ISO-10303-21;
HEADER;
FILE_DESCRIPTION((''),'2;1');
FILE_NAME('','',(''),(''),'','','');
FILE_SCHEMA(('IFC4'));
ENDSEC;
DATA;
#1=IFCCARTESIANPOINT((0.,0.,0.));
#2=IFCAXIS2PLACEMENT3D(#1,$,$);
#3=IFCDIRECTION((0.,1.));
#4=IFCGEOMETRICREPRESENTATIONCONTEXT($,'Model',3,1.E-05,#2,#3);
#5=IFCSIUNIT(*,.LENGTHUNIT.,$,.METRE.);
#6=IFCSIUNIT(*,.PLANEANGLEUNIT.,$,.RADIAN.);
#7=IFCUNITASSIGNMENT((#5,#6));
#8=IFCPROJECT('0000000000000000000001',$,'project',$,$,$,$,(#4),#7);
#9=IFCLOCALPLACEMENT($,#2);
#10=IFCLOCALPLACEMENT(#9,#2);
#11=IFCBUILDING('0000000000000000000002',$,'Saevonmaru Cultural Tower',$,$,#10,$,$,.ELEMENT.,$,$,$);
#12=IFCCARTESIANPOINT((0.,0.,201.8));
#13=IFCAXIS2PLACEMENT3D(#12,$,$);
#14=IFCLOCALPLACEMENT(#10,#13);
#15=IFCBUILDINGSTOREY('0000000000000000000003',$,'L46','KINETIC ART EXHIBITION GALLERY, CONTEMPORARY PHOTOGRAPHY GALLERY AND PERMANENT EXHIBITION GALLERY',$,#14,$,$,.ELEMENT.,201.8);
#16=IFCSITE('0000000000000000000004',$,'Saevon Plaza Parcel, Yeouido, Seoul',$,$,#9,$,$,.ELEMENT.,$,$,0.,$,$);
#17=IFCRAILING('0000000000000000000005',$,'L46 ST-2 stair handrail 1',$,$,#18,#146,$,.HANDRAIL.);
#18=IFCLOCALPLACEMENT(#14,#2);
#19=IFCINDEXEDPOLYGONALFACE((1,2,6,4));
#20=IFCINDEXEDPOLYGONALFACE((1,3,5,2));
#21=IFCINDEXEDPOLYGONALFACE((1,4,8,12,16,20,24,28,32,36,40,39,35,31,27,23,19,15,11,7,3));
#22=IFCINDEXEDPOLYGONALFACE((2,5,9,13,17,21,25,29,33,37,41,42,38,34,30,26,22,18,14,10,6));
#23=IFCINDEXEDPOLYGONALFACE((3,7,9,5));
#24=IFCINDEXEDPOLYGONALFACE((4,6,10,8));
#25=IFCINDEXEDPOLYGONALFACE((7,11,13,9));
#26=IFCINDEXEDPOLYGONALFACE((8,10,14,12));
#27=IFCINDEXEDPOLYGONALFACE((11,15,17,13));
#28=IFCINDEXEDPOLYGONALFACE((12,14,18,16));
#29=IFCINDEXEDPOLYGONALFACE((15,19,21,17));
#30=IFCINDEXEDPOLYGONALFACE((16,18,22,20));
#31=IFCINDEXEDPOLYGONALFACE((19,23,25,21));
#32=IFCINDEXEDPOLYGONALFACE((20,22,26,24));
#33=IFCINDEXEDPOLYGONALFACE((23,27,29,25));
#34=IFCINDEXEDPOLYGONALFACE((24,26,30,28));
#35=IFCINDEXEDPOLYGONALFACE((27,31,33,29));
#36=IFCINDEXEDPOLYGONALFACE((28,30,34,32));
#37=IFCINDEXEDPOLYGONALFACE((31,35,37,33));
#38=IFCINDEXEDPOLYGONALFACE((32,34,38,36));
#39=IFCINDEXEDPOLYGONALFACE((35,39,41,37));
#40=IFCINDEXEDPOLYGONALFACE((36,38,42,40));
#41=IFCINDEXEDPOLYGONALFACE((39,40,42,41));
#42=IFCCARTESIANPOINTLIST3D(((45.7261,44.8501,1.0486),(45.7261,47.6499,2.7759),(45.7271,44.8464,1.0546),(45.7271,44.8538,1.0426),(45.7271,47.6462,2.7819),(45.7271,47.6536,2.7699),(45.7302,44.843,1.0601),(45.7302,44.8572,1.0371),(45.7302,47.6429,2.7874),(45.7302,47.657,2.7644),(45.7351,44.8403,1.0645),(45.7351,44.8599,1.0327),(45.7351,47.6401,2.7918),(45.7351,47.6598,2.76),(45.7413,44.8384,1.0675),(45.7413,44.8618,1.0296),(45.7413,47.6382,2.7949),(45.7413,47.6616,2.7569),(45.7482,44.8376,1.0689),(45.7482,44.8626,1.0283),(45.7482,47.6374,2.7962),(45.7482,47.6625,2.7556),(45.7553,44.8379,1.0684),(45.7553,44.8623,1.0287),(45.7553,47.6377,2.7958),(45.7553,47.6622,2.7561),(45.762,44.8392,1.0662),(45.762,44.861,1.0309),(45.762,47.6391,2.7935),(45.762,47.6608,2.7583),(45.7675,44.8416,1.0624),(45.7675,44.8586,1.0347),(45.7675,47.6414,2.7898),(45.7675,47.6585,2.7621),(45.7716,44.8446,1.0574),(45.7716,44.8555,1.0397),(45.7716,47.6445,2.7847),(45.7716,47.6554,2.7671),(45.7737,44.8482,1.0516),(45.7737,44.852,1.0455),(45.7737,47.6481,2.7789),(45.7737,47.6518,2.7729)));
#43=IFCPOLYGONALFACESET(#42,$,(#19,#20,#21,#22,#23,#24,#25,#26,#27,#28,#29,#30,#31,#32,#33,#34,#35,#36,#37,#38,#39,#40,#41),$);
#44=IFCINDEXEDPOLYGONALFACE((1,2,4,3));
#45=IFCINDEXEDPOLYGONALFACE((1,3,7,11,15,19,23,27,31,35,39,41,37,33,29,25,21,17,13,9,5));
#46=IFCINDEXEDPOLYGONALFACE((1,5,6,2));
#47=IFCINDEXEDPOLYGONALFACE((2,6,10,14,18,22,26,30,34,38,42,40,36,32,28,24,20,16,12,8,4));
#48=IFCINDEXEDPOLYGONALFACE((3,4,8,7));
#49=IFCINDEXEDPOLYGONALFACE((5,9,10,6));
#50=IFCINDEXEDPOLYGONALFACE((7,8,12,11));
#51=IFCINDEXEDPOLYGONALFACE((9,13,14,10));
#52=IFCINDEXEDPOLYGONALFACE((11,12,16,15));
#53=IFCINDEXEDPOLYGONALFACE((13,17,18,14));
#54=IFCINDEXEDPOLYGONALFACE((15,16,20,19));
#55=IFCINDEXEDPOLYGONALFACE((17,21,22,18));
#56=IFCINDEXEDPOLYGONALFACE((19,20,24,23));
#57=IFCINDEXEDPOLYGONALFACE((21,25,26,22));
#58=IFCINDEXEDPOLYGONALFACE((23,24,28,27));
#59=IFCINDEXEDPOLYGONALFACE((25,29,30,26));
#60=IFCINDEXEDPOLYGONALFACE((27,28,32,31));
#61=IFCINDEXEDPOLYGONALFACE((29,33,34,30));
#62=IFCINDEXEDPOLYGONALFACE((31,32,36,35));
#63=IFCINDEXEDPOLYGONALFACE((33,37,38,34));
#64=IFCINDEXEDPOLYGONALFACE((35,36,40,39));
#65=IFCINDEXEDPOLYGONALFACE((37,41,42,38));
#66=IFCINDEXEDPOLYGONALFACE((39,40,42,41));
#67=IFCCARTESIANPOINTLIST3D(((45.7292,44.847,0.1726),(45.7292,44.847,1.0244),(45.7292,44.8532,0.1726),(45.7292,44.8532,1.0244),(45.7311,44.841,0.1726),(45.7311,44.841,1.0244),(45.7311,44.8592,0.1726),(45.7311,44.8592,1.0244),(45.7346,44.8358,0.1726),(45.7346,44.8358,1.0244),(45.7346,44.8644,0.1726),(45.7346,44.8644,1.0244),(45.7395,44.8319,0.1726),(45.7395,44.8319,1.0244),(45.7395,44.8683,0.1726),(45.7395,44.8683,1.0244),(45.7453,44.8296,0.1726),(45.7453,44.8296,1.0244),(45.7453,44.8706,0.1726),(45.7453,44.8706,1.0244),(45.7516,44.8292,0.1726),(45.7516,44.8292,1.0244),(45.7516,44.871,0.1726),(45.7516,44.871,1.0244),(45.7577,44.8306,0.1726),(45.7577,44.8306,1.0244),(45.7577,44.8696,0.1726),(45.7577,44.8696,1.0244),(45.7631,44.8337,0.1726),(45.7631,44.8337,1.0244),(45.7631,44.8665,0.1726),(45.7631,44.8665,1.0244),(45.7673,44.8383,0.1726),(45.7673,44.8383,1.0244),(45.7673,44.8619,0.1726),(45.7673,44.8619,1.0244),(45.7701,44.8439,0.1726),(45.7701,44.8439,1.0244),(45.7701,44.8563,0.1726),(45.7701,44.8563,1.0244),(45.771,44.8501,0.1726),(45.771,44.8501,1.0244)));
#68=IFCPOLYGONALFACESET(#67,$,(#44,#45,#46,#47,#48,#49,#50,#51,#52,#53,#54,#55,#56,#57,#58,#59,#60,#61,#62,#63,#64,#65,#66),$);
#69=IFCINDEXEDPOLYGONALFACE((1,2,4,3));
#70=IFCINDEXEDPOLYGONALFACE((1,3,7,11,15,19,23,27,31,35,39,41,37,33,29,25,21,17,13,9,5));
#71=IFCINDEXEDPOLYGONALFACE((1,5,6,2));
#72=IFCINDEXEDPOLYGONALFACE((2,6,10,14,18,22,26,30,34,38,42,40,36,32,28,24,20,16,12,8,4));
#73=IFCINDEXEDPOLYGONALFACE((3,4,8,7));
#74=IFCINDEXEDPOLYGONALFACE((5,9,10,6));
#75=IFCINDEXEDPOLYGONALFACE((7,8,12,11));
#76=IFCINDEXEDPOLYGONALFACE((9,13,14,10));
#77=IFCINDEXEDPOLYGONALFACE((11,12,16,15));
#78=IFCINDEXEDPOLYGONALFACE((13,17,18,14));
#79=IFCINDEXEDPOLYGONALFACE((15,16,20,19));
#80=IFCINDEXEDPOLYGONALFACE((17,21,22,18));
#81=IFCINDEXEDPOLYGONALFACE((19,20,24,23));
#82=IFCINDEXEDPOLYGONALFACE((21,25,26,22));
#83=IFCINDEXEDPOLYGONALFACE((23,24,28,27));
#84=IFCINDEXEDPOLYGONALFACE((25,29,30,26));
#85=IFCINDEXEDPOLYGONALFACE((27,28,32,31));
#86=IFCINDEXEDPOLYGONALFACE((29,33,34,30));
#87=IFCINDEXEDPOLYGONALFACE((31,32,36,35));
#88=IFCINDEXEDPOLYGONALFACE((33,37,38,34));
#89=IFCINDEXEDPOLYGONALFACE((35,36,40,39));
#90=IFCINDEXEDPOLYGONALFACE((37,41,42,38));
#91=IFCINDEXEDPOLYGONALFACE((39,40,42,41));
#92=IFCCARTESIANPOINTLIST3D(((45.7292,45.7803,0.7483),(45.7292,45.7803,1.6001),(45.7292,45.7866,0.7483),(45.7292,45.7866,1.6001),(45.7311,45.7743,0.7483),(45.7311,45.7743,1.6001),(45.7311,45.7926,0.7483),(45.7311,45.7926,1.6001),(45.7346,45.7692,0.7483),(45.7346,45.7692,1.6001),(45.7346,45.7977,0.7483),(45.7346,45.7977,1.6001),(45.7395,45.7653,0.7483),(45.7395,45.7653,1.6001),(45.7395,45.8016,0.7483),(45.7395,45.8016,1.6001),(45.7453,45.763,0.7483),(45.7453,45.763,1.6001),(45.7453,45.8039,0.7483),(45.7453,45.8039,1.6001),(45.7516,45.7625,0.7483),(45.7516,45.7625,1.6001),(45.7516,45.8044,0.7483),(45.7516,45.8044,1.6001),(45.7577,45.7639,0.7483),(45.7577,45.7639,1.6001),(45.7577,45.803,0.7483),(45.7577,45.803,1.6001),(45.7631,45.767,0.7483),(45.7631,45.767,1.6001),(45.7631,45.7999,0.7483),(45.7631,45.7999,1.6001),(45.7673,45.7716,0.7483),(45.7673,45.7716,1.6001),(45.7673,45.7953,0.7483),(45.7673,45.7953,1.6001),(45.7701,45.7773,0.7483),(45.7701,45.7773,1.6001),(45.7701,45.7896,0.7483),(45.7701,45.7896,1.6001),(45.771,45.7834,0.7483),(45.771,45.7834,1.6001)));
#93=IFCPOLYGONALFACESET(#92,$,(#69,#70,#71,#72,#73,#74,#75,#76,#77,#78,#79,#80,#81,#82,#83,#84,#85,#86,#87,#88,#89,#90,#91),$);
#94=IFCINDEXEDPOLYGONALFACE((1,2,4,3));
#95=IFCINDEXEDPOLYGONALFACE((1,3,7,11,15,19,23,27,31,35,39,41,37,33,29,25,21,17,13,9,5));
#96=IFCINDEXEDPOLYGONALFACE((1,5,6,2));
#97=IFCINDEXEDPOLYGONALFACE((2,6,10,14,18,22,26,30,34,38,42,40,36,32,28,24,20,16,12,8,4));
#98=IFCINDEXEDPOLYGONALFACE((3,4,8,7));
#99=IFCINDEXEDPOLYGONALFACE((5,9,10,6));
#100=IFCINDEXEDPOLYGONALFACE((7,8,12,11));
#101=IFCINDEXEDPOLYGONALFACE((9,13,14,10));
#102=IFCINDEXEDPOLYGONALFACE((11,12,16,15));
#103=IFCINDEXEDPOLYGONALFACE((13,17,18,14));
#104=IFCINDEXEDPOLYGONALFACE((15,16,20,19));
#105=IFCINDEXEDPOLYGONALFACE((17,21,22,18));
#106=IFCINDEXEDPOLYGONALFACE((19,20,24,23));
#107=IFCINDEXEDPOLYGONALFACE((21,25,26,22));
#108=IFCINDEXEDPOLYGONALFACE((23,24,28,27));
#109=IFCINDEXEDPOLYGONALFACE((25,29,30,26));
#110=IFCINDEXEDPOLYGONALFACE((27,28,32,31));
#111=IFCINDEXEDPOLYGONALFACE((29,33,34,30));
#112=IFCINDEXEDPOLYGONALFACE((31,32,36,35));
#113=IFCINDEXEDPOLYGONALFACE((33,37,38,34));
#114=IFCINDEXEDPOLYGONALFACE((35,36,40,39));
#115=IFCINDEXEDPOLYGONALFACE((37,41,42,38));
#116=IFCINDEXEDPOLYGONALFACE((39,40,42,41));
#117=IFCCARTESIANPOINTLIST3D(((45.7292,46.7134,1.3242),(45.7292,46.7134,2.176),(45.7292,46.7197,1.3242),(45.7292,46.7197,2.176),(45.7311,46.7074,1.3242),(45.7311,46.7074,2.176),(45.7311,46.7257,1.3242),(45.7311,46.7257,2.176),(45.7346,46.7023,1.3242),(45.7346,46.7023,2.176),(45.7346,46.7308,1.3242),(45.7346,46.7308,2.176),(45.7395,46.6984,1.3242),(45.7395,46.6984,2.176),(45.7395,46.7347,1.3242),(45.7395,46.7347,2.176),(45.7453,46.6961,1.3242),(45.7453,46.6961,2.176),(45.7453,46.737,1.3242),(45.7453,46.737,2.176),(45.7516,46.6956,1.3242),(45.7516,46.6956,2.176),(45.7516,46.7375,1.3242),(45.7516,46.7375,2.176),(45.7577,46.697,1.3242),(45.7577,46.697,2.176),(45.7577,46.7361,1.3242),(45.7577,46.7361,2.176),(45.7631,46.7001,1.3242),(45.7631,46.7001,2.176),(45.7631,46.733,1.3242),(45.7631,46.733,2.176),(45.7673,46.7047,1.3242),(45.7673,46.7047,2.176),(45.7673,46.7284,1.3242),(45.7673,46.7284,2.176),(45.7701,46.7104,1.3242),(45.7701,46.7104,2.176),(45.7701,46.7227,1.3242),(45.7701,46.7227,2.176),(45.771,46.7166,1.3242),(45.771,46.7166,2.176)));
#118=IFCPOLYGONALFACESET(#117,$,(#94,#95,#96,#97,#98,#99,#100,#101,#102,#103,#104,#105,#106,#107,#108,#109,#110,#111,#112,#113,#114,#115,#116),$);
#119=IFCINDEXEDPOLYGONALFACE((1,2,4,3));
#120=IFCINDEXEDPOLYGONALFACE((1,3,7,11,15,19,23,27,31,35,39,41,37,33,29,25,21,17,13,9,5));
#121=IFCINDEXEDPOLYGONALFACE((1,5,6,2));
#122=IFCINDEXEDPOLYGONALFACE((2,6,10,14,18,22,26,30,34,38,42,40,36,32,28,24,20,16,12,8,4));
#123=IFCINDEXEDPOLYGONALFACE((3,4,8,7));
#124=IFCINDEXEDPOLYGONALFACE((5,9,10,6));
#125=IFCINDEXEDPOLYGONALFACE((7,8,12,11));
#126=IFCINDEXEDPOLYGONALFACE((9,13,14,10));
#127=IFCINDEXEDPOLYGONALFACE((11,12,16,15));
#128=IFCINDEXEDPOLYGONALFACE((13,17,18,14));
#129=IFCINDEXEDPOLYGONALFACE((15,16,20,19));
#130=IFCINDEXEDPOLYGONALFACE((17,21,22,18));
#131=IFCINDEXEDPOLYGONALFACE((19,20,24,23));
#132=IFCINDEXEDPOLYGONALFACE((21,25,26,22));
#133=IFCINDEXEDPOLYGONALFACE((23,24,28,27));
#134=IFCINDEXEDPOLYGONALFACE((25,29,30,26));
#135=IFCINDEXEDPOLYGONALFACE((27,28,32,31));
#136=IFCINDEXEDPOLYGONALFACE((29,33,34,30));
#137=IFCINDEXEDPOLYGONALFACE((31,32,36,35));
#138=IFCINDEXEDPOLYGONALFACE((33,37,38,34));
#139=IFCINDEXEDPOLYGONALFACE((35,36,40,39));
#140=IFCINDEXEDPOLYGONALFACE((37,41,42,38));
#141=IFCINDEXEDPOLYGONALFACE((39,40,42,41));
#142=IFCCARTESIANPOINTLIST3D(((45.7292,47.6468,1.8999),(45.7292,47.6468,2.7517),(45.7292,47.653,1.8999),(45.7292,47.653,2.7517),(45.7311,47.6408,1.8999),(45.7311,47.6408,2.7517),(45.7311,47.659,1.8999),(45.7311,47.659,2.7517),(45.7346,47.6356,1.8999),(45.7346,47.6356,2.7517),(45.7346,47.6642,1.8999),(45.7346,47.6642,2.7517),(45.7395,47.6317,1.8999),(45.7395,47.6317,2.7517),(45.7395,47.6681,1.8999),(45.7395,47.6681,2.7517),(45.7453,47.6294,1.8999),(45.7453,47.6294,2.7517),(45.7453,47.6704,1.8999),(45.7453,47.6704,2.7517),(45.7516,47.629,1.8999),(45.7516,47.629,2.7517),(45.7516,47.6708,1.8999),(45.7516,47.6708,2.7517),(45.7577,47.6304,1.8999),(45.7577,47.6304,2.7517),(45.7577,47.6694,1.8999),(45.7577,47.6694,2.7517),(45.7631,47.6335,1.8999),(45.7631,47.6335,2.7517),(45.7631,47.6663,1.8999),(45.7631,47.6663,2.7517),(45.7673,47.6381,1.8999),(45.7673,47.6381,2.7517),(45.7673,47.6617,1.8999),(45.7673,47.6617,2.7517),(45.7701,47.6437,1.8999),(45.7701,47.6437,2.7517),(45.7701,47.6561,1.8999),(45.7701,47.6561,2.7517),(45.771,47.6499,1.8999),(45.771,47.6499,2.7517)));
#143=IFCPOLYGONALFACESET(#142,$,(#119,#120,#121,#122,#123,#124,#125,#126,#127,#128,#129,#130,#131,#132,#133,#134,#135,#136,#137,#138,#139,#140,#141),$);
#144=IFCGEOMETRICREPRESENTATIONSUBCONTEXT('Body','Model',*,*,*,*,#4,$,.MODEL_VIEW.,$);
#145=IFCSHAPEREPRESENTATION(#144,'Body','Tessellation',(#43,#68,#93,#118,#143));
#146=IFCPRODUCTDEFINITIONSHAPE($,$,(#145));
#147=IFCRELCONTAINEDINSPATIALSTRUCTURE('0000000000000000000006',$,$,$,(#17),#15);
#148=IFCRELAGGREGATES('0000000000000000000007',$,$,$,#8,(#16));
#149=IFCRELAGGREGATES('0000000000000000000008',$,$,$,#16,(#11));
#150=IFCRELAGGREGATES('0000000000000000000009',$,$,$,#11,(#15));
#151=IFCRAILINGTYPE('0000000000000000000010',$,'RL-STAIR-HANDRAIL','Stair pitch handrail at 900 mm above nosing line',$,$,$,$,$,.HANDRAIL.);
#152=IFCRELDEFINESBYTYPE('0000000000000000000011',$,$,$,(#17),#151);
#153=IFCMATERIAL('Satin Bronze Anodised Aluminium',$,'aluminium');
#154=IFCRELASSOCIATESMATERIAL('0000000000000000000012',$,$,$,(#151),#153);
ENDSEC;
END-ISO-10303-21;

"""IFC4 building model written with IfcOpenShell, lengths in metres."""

from ifc_helpers import new_model, si_unit, direction, frame, origin, origin_2d, place, context, subcontext, project, spatial, circle, extrude, material, type_object, element, save


model = new_model("IFC4")

# Units and contexts
model_context = context("Model", 3, precision=1e-05, world=origin(), true_north=direction((0.0, 1.0)))
body_context = subcontext(model_context, "Body", "Model", "MODEL_VIEW")
ifc_project = project(units=[si_unit("LENGTHUNIT", "METRE"), si_unit("PLANEANGLEUNIT", "RADIAN")], contexts=[model_context])

# Site, building, storey
site_placement = place(None, origin())
site = spatial("IfcSite", under=ifc_project, at=site_placement, Name="Saevon Plaza Parcel, Yeouido, Seoul", CompositionType="ELEMENT", RefElevation=0.0)
building_placement = place(site_placement, origin())
building = spatial("IfcBuilding", under=site, at=building_placement, Name="Saevonmaru Cultural Tower", CompositionType="ELEMENT")
storey_placement = place(building_placement, frame((0.0, 0.0, 201.8)))
storey = spatial("IfcBuildingStorey", under=building, at=storey_placement, Name="L46", Description="KINETIC ART EXHIBITION GALLERY, CONTEMPORARY PHOTOGRAPHY GALLERY AND PERMANENT EXHIBITION GALLERY", CompositionType="ELEMENT", Elevation=201.8)

# Shared definitions
ifc_material_1 = material(Name="Satin Bronze Anodised Aluminium", Category="aluminium")

# Railing
railing_type_1 = type_object("IfcRailingType", Name="RL-STAIR-HANDRAIL", Description="Stair pitch handrail at 900 mm above nosing line", PredefinedType="HANDRAIL", material=ifc_material_1)
railing_1_placement = place(storey_placement, frame((45.75, 44.8501, 0.1726)))
element("IfcRailing", 1, at=railing_1_placement, inside=storey, type_object=railing_type_1, Name="L46 ST-2 stair handrail 1", PredefinedType="HANDRAIL", context=body_context, shape_type="SweptSolid", body=[
    extrude(circle(Radius=0.0239, at=origin_2d()), frame((0.0, 0.0, 0.876), z_axis=(0.0, 0.851069, 0.525054), x_axis=(-1.0, 0.0, 0.0)), (0.0, 0.0, 1.0), 3.2898),
    extrude(circle(Radius=0.021, at=origin_2d()), origin(), (0.0, 0.0, 1.0), 0.8518),
    extrude(circle(Radius=0.021, at=origin_2d()), frame((0.0, 0.9333, 0.5757)), (0.0, 0.0, 1.0), 0.8518),
    extrude(circle(Radius=0.021, at=origin_2d()), frame((0.0, 1.8665, 1.1516)), (0.0, 0.0, 1.0), 0.8518),
    extrude(circle(Radius=0.021, at=origin_2d()), frame((0.0, 2.7998, 1.7273)), (0.0, 0.0, 1.0), 0.8518),
])

save(model, "model.ifc")
